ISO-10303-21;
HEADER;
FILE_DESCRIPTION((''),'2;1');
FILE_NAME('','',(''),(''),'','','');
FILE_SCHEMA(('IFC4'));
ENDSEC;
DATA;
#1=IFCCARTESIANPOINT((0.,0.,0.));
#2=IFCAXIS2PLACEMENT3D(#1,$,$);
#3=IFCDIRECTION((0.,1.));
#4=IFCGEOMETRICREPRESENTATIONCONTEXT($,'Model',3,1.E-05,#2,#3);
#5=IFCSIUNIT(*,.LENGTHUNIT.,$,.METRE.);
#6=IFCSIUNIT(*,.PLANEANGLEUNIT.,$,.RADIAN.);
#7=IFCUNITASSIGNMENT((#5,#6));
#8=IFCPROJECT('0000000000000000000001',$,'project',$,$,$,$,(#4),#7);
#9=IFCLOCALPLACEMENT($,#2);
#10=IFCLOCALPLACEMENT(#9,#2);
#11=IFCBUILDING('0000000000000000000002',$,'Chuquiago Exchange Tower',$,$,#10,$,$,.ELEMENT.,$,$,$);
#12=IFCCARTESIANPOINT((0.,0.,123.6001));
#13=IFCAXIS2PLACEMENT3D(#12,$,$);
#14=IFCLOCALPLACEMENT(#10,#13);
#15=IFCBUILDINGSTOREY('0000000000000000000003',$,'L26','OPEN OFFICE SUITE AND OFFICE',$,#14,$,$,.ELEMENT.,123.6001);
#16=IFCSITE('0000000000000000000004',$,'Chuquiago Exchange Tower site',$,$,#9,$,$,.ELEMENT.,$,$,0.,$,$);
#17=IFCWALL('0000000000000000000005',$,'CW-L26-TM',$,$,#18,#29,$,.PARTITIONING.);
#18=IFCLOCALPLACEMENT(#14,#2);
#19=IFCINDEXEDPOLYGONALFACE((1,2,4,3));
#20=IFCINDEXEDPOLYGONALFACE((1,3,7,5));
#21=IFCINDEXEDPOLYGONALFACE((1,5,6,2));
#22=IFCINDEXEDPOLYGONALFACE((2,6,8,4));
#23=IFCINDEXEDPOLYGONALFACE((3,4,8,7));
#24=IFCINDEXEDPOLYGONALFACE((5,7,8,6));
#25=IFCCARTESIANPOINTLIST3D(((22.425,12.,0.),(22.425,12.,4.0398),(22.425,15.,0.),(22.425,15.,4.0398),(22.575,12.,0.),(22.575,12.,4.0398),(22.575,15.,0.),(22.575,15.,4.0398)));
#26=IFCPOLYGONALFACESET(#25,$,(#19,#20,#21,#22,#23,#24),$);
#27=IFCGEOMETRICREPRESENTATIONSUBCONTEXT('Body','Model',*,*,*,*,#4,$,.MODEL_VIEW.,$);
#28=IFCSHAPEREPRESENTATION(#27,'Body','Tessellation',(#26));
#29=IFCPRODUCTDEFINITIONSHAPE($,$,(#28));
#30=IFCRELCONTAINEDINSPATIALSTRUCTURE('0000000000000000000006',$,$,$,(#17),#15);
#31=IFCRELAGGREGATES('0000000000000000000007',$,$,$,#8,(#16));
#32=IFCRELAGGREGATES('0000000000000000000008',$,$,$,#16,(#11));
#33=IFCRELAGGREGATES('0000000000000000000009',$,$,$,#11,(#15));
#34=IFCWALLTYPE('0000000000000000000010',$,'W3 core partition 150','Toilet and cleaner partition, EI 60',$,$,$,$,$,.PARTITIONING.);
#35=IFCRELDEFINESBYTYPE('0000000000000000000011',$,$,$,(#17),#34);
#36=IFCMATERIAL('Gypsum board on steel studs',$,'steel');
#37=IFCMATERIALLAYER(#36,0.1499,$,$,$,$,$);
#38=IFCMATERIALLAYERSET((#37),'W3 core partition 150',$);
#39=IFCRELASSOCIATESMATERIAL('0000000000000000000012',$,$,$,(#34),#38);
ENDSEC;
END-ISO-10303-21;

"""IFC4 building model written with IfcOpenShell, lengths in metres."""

from ifc_helpers import new_model, si_unit, direction, frame, frame_2d, origin, place, context, subcontext, project, spatial, rectangle, extrude, material, layer, layer_set, type_object, element, save


model = new_model("IFC4")

# Units and contexts
model_context = context("Model", 3, precision=1e-05, world=origin(), true_north=direction((0.0, 1.0)))
body_context = subcontext(model_context, "Body", "Model", "MODEL_VIEW")
ifc_project = project(units=[si_unit("LENGTHUNIT", "METRE"), si_unit("PLANEANGLEUNIT", "RADIAN")], contexts=[model_context])

# Site, building, storey
site_placement = place(None, origin())
site = spatial("IfcSite", under=ifc_project, at=site_placement, Name="Chuquiago Exchange Tower site", CompositionType="ELEMENT", RefElevation=0.0)
building_placement = place(site_placement, origin())
building = spatial("IfcBuilding", under=site, at=building_placement, Name="Chuquiago Exchange Tower", CompositionType="ELEMENT")
storey_placement = place(building_placement, frame((0.0, 0.0, 123.6001)))
storey = spatial("IfcBuildingStorey", under=building, at=storey_placement, Name="L26", Description="OPEN OFFICE SUITE AND OFFICE", CompositionType="ELEMENT", Elevation=123.6001)

# Shared definitions
ifc_material_1 = material(Name="Gypsum board on steel studs", Category="steel")
ifc_layer_1 = layer(ifc_material_1, 0.1499)
ifc_layer_set_1 = layer_set([ifc_layer_1], Name="W3 core partition 150")
wall_type_1 = type_object("IfcWallType", Name="W3 core partition 150", Description="Toilet and cleaner partition, EI 60", PredefinedType="PARTITIONING", material=ifc_layer_set_1)

# Wall
wall_1_placement = place(storey_placement, frame((22.5, 15.0, 0.0), z_axis=(0.0, 0.0, 1.0), x_axis=(0.0, -1.0, 0.0)))
element("IfcWall", 1, at=wall_1_placement, inside=storey, type_object=wall_type_1, Name="CW-L26-TM", PredefinedType="PARTITIONING", context=body_context, shape_type="SweptSolid", body=[
    extrude(rectangle(XDim=3.0, YDim=0.1499, at=frame_2d((1.5, 0.0))), origin(), (0.0, 0.0, 1.0), 4.0398),
])

save(model, "model.ifc")
